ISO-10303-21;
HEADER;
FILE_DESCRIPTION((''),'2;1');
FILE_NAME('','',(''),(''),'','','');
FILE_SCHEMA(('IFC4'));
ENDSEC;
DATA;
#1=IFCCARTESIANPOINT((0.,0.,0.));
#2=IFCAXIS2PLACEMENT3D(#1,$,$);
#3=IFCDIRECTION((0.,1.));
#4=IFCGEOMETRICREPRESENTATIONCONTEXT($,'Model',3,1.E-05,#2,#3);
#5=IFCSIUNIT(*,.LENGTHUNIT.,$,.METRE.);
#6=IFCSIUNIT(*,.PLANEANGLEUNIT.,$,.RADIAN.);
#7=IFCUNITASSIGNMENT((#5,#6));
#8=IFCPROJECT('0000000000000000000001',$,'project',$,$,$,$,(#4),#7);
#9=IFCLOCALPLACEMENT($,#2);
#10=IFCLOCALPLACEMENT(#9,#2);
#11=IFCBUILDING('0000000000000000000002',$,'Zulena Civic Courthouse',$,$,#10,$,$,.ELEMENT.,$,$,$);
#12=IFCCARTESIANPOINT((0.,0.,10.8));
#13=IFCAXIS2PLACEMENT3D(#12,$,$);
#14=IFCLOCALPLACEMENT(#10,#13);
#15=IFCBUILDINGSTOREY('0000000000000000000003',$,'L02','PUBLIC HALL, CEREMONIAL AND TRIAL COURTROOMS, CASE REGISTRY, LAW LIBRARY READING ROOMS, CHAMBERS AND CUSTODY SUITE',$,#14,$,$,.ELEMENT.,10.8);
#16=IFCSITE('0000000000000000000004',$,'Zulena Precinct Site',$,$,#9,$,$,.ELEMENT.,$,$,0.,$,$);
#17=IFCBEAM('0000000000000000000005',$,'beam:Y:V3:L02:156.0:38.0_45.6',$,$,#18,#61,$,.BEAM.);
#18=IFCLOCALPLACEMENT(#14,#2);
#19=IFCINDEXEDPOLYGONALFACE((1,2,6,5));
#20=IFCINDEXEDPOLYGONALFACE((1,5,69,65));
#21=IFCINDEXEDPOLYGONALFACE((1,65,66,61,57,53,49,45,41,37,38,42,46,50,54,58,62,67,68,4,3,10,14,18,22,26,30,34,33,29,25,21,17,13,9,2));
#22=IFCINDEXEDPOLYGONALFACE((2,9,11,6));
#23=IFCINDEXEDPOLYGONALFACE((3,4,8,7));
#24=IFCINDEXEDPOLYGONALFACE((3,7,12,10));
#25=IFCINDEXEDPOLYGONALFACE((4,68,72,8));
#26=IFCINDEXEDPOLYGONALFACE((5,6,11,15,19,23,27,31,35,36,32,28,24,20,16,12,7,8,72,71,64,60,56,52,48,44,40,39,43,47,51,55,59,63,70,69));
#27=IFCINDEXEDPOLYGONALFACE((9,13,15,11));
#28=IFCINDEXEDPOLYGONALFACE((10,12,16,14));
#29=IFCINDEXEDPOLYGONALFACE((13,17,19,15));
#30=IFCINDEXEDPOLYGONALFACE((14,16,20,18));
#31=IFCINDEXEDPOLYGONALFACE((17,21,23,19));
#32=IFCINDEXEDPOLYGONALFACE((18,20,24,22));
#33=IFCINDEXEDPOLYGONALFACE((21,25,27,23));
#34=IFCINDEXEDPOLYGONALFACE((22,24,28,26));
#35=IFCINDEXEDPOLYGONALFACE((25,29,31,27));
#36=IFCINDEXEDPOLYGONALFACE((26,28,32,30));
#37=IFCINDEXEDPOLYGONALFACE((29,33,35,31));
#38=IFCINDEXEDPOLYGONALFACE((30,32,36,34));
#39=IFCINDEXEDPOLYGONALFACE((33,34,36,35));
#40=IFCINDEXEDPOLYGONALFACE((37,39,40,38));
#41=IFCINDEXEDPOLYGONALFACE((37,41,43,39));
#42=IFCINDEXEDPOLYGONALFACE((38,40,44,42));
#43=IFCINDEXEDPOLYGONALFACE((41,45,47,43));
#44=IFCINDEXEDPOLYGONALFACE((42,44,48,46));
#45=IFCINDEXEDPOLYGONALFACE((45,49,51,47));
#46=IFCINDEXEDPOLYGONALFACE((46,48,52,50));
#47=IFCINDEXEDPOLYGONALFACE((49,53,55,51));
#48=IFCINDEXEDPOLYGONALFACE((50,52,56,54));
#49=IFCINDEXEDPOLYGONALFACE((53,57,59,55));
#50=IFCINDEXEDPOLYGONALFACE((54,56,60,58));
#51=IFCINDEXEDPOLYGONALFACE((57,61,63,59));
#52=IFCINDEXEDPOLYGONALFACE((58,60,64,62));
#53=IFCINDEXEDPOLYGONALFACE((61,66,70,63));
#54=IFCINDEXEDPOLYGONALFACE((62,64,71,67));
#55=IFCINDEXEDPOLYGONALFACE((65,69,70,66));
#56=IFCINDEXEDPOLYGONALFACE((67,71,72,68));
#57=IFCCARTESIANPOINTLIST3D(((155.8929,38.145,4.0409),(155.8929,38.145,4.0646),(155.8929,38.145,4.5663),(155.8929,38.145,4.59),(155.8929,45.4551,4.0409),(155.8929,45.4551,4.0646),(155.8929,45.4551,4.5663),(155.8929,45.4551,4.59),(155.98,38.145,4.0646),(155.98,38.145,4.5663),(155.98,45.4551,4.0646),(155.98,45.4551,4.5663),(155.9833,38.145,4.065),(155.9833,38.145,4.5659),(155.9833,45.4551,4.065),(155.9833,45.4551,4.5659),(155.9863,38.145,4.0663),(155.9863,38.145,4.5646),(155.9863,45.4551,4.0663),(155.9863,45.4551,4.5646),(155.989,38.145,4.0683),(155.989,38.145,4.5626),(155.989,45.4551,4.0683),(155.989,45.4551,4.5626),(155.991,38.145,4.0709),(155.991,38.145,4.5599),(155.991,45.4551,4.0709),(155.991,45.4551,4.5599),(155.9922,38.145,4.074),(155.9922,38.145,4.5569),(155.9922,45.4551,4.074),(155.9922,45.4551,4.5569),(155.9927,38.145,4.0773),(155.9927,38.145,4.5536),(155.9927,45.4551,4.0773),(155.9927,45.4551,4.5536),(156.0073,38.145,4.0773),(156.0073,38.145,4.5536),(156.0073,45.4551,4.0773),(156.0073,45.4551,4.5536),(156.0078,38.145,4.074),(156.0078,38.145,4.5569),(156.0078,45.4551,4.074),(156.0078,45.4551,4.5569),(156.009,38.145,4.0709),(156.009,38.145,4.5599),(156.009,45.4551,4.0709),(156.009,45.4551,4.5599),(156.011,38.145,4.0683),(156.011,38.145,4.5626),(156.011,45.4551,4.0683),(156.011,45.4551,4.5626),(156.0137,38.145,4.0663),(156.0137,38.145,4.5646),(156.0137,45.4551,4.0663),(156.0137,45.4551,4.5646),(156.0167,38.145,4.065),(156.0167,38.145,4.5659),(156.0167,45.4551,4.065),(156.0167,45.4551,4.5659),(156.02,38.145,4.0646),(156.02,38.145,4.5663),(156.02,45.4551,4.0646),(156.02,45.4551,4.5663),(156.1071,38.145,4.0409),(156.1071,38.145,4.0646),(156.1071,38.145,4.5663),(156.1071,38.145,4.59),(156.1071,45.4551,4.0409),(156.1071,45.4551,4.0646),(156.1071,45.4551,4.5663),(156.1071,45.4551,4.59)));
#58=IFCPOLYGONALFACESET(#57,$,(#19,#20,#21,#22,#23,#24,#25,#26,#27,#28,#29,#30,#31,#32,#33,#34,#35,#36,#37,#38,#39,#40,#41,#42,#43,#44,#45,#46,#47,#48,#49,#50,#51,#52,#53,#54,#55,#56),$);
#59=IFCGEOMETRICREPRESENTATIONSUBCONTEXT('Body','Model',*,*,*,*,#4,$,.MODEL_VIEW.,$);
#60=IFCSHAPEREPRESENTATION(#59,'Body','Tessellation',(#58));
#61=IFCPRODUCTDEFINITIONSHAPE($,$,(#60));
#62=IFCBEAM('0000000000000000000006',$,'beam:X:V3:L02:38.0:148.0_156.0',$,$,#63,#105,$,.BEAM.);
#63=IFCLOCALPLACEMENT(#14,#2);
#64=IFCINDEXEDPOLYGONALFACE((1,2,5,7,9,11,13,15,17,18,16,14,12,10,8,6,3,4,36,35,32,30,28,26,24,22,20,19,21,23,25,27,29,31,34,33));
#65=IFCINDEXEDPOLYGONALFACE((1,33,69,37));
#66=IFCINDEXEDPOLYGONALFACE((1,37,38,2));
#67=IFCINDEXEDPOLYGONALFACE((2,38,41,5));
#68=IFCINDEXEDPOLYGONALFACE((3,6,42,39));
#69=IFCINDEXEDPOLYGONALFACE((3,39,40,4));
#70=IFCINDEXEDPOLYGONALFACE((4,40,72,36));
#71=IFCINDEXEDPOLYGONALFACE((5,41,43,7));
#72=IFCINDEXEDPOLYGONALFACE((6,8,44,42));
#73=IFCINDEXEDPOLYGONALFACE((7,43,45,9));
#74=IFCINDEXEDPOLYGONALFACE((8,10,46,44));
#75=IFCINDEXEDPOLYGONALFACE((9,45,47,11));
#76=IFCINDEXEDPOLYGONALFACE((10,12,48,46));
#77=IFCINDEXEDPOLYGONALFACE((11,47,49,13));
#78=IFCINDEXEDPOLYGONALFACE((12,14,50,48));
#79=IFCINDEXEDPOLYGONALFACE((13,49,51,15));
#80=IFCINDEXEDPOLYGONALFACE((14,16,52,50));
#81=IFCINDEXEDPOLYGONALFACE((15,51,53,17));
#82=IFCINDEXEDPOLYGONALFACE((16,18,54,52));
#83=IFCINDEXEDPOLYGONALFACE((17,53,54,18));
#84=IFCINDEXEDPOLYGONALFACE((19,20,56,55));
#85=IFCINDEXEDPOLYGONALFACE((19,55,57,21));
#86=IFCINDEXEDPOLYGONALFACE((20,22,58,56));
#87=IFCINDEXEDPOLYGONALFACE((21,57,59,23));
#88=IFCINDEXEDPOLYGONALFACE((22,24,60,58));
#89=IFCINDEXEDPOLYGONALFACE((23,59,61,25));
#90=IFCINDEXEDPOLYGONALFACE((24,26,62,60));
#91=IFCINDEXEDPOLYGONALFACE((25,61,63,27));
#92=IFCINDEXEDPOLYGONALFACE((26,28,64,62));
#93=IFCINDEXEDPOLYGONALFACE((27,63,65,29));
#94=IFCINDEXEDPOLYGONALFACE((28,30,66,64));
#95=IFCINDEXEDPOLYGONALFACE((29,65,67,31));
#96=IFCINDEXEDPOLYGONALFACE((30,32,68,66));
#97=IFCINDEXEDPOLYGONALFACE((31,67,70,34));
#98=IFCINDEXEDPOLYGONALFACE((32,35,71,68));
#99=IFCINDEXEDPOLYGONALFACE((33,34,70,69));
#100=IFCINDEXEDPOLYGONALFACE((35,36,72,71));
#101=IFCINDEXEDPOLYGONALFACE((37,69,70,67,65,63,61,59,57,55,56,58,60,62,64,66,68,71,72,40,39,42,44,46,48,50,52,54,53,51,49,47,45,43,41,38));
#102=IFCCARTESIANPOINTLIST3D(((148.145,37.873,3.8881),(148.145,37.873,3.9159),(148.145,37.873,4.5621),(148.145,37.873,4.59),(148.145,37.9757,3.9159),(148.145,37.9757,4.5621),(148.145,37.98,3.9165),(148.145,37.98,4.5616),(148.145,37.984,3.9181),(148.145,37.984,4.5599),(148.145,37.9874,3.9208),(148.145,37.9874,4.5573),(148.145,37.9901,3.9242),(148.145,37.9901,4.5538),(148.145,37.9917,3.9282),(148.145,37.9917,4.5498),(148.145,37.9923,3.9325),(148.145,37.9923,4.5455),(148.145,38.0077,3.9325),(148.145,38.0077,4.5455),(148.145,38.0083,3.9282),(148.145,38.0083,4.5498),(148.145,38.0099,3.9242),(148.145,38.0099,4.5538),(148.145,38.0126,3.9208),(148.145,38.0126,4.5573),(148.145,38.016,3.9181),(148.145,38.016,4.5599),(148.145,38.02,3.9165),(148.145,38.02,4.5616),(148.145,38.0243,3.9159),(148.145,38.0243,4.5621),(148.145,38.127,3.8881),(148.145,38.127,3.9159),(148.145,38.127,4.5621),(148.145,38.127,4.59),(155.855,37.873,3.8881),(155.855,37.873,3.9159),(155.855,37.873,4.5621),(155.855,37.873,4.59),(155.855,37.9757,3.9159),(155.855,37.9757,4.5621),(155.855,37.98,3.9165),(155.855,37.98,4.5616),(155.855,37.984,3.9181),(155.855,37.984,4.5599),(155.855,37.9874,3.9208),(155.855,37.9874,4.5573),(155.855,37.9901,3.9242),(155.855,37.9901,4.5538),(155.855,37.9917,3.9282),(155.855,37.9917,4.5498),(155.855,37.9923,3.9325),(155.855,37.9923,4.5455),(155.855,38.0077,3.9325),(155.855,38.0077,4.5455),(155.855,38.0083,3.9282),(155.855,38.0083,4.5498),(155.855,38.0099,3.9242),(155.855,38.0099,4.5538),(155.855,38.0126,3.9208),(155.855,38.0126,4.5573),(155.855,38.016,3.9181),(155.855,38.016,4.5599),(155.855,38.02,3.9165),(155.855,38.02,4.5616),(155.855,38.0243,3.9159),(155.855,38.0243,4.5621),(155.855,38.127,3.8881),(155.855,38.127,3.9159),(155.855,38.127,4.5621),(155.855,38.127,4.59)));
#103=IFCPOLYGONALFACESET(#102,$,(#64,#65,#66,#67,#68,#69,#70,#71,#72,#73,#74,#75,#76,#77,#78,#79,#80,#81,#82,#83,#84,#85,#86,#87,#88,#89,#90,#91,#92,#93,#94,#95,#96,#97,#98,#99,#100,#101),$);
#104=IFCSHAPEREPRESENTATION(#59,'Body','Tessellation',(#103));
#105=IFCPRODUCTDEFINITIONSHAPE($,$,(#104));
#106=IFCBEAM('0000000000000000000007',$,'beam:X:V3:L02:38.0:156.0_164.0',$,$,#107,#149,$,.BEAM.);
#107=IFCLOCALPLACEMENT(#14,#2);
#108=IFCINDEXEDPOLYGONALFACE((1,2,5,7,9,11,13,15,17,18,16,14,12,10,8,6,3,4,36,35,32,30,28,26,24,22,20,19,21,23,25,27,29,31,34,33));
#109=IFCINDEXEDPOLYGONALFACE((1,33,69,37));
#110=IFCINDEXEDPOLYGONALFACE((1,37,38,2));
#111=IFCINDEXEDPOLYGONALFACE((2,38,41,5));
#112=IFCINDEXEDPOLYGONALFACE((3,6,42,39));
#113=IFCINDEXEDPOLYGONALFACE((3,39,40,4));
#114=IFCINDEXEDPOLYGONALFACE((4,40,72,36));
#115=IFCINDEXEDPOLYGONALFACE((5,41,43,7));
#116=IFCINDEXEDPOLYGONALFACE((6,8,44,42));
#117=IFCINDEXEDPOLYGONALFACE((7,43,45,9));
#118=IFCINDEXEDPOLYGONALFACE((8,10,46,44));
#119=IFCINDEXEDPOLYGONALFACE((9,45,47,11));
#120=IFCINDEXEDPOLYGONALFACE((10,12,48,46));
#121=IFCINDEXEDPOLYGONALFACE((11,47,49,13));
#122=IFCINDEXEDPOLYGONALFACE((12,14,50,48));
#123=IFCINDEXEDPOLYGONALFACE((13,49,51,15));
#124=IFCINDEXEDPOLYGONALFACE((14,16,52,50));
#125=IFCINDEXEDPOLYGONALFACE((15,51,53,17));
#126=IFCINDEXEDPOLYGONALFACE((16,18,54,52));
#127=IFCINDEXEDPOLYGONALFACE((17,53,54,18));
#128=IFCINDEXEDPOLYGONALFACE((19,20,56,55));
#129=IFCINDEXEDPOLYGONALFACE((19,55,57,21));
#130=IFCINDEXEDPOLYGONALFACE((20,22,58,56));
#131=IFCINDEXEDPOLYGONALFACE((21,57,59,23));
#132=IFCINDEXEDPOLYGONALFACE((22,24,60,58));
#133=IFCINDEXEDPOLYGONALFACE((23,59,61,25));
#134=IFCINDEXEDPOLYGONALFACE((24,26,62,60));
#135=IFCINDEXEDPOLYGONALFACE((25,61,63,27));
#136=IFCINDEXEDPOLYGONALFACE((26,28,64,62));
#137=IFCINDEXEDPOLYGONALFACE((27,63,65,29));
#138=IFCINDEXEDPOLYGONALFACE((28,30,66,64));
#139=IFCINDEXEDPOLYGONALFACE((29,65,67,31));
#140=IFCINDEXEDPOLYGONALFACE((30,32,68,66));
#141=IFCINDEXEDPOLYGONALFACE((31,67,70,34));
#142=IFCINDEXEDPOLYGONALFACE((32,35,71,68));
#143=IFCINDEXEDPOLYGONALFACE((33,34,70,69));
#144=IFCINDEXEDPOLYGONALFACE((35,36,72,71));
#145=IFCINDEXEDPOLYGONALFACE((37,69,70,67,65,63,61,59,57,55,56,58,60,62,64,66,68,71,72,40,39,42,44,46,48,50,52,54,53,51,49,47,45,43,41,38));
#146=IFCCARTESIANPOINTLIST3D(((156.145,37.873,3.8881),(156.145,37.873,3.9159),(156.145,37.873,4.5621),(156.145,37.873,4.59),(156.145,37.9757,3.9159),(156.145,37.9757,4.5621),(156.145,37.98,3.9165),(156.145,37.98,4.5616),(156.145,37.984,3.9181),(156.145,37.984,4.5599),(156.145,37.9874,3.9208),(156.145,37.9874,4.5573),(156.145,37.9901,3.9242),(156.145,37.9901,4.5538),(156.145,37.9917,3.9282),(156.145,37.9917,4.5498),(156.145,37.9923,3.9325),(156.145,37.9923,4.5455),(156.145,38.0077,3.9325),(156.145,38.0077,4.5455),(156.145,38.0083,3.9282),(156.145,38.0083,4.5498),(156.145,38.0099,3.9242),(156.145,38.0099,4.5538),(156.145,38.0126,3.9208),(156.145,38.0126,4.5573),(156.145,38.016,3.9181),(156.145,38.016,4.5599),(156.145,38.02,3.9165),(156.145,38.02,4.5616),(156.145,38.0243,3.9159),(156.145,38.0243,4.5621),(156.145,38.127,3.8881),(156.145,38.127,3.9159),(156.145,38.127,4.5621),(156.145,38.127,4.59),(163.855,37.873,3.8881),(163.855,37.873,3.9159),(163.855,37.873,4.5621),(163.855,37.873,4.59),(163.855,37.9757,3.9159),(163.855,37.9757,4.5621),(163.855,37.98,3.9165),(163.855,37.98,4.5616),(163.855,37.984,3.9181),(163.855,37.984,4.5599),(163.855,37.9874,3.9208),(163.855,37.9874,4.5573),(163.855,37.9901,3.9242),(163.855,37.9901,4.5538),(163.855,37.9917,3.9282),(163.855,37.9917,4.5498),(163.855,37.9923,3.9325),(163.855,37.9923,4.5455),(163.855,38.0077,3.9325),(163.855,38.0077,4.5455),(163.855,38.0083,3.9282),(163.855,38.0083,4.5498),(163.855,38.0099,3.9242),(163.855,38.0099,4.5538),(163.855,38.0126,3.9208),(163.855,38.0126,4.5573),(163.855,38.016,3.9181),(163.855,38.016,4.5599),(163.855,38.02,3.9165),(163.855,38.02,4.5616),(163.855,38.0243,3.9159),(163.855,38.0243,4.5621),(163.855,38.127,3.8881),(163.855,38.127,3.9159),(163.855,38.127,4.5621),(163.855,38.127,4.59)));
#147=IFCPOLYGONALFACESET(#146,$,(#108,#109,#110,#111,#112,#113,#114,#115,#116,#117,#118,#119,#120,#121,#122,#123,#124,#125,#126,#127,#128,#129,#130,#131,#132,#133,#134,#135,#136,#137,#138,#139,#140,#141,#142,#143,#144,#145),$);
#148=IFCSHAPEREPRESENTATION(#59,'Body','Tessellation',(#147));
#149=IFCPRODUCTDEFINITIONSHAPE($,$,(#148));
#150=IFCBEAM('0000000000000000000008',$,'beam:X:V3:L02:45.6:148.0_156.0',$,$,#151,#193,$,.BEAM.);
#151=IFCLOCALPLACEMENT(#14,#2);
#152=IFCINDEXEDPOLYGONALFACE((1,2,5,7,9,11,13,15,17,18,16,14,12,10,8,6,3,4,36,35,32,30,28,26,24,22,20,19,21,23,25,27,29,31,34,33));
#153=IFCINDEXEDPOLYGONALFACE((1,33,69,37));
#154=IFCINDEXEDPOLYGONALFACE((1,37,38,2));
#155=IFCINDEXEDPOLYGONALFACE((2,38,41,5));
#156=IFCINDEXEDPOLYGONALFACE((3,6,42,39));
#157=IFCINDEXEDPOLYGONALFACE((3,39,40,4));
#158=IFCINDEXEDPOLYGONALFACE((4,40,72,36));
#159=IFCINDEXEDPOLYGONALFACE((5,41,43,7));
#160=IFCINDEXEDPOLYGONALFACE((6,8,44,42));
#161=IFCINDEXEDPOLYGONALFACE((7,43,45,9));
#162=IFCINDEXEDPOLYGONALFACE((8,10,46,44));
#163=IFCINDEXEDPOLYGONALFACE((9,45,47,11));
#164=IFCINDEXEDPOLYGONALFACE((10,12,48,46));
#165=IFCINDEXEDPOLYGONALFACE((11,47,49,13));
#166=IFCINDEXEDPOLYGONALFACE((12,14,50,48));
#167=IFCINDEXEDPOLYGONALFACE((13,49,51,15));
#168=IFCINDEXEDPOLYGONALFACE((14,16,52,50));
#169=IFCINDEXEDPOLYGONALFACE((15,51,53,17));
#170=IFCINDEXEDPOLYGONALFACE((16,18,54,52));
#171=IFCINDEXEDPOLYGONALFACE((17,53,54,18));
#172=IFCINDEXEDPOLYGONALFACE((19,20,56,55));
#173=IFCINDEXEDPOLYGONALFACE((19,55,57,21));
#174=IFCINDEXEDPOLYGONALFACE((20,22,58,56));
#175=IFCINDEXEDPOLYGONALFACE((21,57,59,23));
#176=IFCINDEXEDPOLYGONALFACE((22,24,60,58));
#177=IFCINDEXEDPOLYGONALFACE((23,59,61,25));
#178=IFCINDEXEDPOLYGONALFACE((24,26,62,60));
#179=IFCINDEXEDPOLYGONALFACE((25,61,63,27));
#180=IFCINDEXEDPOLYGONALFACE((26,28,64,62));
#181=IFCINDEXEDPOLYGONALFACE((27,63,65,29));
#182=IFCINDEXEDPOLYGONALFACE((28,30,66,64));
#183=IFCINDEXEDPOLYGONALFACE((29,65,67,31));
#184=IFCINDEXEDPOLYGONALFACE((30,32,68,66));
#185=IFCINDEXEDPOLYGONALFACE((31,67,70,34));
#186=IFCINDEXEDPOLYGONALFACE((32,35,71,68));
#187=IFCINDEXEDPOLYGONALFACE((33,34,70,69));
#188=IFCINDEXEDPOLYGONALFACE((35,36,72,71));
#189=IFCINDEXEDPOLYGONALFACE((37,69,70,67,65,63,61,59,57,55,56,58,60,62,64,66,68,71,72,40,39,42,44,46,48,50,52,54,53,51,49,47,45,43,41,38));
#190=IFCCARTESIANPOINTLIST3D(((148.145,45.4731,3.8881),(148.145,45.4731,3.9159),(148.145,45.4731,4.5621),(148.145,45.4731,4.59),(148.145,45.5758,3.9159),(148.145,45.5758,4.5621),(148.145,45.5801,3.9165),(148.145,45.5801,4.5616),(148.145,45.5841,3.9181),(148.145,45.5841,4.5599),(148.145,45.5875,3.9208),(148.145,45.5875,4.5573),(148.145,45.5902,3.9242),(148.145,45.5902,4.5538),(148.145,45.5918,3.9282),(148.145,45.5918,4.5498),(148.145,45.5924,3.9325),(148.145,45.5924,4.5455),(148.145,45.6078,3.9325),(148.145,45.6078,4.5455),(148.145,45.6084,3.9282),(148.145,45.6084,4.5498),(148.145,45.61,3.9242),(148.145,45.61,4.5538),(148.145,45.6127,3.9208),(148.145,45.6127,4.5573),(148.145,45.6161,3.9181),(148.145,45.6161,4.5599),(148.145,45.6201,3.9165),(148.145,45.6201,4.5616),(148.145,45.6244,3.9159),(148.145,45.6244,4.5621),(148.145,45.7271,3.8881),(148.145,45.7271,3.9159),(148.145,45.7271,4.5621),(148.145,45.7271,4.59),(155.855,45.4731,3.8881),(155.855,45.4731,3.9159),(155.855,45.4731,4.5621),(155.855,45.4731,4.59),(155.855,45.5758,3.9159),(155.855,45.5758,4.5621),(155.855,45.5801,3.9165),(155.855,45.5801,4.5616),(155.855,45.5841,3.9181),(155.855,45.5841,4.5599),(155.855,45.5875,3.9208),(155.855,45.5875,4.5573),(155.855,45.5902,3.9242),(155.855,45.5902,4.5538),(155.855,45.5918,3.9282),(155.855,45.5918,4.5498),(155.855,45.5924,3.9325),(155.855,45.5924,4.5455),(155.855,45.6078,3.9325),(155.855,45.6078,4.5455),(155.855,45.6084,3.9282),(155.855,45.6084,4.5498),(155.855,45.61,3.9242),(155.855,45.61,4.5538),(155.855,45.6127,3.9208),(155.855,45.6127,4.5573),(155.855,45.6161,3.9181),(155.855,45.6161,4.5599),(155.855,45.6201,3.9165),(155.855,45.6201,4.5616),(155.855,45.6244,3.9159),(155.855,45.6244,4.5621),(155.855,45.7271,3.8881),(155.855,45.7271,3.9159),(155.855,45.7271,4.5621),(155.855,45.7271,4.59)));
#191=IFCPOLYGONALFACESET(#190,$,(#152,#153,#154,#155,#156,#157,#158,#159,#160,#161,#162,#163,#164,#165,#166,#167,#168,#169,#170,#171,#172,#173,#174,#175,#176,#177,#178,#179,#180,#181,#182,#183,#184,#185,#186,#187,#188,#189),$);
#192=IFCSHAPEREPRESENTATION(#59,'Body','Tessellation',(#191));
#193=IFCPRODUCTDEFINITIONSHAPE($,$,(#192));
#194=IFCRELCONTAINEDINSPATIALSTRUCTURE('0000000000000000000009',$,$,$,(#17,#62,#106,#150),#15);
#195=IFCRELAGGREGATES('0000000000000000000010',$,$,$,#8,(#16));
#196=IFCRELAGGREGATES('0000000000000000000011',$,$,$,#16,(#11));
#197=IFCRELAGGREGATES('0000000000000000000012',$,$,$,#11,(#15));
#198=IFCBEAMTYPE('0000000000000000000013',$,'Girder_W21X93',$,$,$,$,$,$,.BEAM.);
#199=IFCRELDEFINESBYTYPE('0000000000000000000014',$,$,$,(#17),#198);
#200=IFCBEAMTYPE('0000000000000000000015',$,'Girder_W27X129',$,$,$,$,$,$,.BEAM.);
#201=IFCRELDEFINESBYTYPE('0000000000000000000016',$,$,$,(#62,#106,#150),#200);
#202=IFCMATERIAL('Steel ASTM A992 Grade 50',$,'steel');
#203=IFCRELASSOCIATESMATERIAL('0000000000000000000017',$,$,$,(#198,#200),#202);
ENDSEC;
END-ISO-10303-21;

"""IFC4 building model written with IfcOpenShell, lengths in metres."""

from ifc_helpers import new_model, si_unit, direction, frame, origin, origin_2d, place, context, subcontext, project, spatial, i_section, extrude, material, material_profile, profile_set, type_object, element, save


model = new_model("IFC4")

# Units and contexts
model_context = context("Model", 3, precision=1e-05, world=origin(), true_north=direction((0.0, 1.0)))
body_context = subcontext(model_context, "Body", "Model", "MODEL_VIEW")
ifc_project = project(units=[si_unit("LENGTHUNIT", "METRE"), si_unit("PLANEANGLEUNIT", "RADIAN")], contexts=[model_context])

# Site, building, storey
site_placement = place(None, origin())
site = spatial("IfcSite", under=ifc_project, at=site_placement, Name="Zulena Precinct Site", CompositionType="ELEMENT", RefElevation=0.0)
building_placement = place(site_placement, origin())
building = spatial("IfcBuilding", under=site, at=building_placement, Name="Zulena Civic Courthouse", CompositionType="ELEMENT")
storey_placement = place(building_placement, frame((0.0, 0.0, 10.8)))
storey = spatial("IfcBuildingStorey", under=building, at=storey_placement, Name="L02", Description="PUBLIC HALL, CEREMONIAL AND TRIAL COURTROOMS, CASE REGISTRY, LAW LIBRARY READING ROOMS, CHAMBERS AND CUSTODY SUITE", CompositionType="ELEMENT", Elevation=10.8)

# Shared definitions
ifc_material_1 = material(Name="Steel ASTM A992 Grade 50", Category="steel")

# Beams
ifc_material_profile_1 = material_profile(ifc_material_1, i_section(OverallWidth=0.2141, OverallDepth=0.5491, WebThickness=0.0146, FlangeThickness=0.0237, FilletRadius=0.0127, at=origin_2d()), Name="W21X93")
ifc_profile_set_1 = profile_set([ifc_material_profile_1], Name="Steel ASTM A992 Grade 50")
beam_type_1 = type_object("IfcBeamType", Name="Girder_W21X93", PredefinedType="BEAM", material=ifc_profile_set_1)
beam_1_placement = place(storey_placement, frame((156.0, 38.145, 4.3154), z_axis=(0.0, 1.0, 0.0), x_axis=(-1.0, 0.0, 0.0)))
element("IfcBeam", 1, at=beam_1_placement, inside=storey, type_object=beam_type_1, Name="beam:Y:V3:L02:156.0:38.0_45.6", PredefinedType="BEAM", context=body_context, shape_type="SweptSolid", body=[
    extrude(i_section(OverallWidth=0.2141, OverallDepth=0.5491, WebThickness=0.0146, FlangeThickness=0.0237, FilletRadius=0.0127, at=origin_2d()), origin(), (0.0, 0.0, 1.0), 7.3101),
])
ifc_material_profile_2 = material_profile(ifc_material_1, i_section(OverallWidth=0.2539, OverallDepth=0.7019, WebThickness=0.0154, FlangeThickness=0.0278, FilletRadius=0.0166, at=origin_2d()), Name="W27X129")
ifc_profile_set_2 = profile_set([ifc_material_profile_2], Name="Steel ASTM A992 Grade 50")
beam_type_2 = type_object("IfcBeamType", Name="Girder_W27X129", PredefinedType="BEAM", material=ifc_profile_set_2)
for number, where, z_axis, x_axis, name in (
    (2, (148.145, 38.0, 4.239), (1.0, 0.0, 0.0), (0.0, 1.0, 0.0), "beam:X:V3:L02:38.0:148.0_156.0"),
    (3, (156.145, 38.0, 4.239), (1.0, 0.0, 0.0), (0.0, 1.0, 0.0), "beam:X:V3:L02:38.0:156.0_164.0"),
    (4, (148.145, 45.6001, 4.239), (1.0, 0.0, 0.0), (0.0, 1.0, 0.0), "beam:X:V3:L02:45.6:148.0_156.0"),
):
    element("IfcBeam", number, at=place(storey_placement, frame(where, z_axis=z_axis, x_axis=x_axis)), inside=storey, type_object=beam_type_2, Name=name, PredefinedType="BEAM", context=body_context, shape_type="SweptSolid", body=[
        extrude(i_section(OverallWidth=0.2539, OverallDepth=0.7019, WebThickness=0.0154, FlangeThickness=0.0278, FilletRadius=0.0166, at=origin_2d()), origin(), (0.0, 0.0, 1.0), 7.71),
    ])

save(model, "model.ifc")
